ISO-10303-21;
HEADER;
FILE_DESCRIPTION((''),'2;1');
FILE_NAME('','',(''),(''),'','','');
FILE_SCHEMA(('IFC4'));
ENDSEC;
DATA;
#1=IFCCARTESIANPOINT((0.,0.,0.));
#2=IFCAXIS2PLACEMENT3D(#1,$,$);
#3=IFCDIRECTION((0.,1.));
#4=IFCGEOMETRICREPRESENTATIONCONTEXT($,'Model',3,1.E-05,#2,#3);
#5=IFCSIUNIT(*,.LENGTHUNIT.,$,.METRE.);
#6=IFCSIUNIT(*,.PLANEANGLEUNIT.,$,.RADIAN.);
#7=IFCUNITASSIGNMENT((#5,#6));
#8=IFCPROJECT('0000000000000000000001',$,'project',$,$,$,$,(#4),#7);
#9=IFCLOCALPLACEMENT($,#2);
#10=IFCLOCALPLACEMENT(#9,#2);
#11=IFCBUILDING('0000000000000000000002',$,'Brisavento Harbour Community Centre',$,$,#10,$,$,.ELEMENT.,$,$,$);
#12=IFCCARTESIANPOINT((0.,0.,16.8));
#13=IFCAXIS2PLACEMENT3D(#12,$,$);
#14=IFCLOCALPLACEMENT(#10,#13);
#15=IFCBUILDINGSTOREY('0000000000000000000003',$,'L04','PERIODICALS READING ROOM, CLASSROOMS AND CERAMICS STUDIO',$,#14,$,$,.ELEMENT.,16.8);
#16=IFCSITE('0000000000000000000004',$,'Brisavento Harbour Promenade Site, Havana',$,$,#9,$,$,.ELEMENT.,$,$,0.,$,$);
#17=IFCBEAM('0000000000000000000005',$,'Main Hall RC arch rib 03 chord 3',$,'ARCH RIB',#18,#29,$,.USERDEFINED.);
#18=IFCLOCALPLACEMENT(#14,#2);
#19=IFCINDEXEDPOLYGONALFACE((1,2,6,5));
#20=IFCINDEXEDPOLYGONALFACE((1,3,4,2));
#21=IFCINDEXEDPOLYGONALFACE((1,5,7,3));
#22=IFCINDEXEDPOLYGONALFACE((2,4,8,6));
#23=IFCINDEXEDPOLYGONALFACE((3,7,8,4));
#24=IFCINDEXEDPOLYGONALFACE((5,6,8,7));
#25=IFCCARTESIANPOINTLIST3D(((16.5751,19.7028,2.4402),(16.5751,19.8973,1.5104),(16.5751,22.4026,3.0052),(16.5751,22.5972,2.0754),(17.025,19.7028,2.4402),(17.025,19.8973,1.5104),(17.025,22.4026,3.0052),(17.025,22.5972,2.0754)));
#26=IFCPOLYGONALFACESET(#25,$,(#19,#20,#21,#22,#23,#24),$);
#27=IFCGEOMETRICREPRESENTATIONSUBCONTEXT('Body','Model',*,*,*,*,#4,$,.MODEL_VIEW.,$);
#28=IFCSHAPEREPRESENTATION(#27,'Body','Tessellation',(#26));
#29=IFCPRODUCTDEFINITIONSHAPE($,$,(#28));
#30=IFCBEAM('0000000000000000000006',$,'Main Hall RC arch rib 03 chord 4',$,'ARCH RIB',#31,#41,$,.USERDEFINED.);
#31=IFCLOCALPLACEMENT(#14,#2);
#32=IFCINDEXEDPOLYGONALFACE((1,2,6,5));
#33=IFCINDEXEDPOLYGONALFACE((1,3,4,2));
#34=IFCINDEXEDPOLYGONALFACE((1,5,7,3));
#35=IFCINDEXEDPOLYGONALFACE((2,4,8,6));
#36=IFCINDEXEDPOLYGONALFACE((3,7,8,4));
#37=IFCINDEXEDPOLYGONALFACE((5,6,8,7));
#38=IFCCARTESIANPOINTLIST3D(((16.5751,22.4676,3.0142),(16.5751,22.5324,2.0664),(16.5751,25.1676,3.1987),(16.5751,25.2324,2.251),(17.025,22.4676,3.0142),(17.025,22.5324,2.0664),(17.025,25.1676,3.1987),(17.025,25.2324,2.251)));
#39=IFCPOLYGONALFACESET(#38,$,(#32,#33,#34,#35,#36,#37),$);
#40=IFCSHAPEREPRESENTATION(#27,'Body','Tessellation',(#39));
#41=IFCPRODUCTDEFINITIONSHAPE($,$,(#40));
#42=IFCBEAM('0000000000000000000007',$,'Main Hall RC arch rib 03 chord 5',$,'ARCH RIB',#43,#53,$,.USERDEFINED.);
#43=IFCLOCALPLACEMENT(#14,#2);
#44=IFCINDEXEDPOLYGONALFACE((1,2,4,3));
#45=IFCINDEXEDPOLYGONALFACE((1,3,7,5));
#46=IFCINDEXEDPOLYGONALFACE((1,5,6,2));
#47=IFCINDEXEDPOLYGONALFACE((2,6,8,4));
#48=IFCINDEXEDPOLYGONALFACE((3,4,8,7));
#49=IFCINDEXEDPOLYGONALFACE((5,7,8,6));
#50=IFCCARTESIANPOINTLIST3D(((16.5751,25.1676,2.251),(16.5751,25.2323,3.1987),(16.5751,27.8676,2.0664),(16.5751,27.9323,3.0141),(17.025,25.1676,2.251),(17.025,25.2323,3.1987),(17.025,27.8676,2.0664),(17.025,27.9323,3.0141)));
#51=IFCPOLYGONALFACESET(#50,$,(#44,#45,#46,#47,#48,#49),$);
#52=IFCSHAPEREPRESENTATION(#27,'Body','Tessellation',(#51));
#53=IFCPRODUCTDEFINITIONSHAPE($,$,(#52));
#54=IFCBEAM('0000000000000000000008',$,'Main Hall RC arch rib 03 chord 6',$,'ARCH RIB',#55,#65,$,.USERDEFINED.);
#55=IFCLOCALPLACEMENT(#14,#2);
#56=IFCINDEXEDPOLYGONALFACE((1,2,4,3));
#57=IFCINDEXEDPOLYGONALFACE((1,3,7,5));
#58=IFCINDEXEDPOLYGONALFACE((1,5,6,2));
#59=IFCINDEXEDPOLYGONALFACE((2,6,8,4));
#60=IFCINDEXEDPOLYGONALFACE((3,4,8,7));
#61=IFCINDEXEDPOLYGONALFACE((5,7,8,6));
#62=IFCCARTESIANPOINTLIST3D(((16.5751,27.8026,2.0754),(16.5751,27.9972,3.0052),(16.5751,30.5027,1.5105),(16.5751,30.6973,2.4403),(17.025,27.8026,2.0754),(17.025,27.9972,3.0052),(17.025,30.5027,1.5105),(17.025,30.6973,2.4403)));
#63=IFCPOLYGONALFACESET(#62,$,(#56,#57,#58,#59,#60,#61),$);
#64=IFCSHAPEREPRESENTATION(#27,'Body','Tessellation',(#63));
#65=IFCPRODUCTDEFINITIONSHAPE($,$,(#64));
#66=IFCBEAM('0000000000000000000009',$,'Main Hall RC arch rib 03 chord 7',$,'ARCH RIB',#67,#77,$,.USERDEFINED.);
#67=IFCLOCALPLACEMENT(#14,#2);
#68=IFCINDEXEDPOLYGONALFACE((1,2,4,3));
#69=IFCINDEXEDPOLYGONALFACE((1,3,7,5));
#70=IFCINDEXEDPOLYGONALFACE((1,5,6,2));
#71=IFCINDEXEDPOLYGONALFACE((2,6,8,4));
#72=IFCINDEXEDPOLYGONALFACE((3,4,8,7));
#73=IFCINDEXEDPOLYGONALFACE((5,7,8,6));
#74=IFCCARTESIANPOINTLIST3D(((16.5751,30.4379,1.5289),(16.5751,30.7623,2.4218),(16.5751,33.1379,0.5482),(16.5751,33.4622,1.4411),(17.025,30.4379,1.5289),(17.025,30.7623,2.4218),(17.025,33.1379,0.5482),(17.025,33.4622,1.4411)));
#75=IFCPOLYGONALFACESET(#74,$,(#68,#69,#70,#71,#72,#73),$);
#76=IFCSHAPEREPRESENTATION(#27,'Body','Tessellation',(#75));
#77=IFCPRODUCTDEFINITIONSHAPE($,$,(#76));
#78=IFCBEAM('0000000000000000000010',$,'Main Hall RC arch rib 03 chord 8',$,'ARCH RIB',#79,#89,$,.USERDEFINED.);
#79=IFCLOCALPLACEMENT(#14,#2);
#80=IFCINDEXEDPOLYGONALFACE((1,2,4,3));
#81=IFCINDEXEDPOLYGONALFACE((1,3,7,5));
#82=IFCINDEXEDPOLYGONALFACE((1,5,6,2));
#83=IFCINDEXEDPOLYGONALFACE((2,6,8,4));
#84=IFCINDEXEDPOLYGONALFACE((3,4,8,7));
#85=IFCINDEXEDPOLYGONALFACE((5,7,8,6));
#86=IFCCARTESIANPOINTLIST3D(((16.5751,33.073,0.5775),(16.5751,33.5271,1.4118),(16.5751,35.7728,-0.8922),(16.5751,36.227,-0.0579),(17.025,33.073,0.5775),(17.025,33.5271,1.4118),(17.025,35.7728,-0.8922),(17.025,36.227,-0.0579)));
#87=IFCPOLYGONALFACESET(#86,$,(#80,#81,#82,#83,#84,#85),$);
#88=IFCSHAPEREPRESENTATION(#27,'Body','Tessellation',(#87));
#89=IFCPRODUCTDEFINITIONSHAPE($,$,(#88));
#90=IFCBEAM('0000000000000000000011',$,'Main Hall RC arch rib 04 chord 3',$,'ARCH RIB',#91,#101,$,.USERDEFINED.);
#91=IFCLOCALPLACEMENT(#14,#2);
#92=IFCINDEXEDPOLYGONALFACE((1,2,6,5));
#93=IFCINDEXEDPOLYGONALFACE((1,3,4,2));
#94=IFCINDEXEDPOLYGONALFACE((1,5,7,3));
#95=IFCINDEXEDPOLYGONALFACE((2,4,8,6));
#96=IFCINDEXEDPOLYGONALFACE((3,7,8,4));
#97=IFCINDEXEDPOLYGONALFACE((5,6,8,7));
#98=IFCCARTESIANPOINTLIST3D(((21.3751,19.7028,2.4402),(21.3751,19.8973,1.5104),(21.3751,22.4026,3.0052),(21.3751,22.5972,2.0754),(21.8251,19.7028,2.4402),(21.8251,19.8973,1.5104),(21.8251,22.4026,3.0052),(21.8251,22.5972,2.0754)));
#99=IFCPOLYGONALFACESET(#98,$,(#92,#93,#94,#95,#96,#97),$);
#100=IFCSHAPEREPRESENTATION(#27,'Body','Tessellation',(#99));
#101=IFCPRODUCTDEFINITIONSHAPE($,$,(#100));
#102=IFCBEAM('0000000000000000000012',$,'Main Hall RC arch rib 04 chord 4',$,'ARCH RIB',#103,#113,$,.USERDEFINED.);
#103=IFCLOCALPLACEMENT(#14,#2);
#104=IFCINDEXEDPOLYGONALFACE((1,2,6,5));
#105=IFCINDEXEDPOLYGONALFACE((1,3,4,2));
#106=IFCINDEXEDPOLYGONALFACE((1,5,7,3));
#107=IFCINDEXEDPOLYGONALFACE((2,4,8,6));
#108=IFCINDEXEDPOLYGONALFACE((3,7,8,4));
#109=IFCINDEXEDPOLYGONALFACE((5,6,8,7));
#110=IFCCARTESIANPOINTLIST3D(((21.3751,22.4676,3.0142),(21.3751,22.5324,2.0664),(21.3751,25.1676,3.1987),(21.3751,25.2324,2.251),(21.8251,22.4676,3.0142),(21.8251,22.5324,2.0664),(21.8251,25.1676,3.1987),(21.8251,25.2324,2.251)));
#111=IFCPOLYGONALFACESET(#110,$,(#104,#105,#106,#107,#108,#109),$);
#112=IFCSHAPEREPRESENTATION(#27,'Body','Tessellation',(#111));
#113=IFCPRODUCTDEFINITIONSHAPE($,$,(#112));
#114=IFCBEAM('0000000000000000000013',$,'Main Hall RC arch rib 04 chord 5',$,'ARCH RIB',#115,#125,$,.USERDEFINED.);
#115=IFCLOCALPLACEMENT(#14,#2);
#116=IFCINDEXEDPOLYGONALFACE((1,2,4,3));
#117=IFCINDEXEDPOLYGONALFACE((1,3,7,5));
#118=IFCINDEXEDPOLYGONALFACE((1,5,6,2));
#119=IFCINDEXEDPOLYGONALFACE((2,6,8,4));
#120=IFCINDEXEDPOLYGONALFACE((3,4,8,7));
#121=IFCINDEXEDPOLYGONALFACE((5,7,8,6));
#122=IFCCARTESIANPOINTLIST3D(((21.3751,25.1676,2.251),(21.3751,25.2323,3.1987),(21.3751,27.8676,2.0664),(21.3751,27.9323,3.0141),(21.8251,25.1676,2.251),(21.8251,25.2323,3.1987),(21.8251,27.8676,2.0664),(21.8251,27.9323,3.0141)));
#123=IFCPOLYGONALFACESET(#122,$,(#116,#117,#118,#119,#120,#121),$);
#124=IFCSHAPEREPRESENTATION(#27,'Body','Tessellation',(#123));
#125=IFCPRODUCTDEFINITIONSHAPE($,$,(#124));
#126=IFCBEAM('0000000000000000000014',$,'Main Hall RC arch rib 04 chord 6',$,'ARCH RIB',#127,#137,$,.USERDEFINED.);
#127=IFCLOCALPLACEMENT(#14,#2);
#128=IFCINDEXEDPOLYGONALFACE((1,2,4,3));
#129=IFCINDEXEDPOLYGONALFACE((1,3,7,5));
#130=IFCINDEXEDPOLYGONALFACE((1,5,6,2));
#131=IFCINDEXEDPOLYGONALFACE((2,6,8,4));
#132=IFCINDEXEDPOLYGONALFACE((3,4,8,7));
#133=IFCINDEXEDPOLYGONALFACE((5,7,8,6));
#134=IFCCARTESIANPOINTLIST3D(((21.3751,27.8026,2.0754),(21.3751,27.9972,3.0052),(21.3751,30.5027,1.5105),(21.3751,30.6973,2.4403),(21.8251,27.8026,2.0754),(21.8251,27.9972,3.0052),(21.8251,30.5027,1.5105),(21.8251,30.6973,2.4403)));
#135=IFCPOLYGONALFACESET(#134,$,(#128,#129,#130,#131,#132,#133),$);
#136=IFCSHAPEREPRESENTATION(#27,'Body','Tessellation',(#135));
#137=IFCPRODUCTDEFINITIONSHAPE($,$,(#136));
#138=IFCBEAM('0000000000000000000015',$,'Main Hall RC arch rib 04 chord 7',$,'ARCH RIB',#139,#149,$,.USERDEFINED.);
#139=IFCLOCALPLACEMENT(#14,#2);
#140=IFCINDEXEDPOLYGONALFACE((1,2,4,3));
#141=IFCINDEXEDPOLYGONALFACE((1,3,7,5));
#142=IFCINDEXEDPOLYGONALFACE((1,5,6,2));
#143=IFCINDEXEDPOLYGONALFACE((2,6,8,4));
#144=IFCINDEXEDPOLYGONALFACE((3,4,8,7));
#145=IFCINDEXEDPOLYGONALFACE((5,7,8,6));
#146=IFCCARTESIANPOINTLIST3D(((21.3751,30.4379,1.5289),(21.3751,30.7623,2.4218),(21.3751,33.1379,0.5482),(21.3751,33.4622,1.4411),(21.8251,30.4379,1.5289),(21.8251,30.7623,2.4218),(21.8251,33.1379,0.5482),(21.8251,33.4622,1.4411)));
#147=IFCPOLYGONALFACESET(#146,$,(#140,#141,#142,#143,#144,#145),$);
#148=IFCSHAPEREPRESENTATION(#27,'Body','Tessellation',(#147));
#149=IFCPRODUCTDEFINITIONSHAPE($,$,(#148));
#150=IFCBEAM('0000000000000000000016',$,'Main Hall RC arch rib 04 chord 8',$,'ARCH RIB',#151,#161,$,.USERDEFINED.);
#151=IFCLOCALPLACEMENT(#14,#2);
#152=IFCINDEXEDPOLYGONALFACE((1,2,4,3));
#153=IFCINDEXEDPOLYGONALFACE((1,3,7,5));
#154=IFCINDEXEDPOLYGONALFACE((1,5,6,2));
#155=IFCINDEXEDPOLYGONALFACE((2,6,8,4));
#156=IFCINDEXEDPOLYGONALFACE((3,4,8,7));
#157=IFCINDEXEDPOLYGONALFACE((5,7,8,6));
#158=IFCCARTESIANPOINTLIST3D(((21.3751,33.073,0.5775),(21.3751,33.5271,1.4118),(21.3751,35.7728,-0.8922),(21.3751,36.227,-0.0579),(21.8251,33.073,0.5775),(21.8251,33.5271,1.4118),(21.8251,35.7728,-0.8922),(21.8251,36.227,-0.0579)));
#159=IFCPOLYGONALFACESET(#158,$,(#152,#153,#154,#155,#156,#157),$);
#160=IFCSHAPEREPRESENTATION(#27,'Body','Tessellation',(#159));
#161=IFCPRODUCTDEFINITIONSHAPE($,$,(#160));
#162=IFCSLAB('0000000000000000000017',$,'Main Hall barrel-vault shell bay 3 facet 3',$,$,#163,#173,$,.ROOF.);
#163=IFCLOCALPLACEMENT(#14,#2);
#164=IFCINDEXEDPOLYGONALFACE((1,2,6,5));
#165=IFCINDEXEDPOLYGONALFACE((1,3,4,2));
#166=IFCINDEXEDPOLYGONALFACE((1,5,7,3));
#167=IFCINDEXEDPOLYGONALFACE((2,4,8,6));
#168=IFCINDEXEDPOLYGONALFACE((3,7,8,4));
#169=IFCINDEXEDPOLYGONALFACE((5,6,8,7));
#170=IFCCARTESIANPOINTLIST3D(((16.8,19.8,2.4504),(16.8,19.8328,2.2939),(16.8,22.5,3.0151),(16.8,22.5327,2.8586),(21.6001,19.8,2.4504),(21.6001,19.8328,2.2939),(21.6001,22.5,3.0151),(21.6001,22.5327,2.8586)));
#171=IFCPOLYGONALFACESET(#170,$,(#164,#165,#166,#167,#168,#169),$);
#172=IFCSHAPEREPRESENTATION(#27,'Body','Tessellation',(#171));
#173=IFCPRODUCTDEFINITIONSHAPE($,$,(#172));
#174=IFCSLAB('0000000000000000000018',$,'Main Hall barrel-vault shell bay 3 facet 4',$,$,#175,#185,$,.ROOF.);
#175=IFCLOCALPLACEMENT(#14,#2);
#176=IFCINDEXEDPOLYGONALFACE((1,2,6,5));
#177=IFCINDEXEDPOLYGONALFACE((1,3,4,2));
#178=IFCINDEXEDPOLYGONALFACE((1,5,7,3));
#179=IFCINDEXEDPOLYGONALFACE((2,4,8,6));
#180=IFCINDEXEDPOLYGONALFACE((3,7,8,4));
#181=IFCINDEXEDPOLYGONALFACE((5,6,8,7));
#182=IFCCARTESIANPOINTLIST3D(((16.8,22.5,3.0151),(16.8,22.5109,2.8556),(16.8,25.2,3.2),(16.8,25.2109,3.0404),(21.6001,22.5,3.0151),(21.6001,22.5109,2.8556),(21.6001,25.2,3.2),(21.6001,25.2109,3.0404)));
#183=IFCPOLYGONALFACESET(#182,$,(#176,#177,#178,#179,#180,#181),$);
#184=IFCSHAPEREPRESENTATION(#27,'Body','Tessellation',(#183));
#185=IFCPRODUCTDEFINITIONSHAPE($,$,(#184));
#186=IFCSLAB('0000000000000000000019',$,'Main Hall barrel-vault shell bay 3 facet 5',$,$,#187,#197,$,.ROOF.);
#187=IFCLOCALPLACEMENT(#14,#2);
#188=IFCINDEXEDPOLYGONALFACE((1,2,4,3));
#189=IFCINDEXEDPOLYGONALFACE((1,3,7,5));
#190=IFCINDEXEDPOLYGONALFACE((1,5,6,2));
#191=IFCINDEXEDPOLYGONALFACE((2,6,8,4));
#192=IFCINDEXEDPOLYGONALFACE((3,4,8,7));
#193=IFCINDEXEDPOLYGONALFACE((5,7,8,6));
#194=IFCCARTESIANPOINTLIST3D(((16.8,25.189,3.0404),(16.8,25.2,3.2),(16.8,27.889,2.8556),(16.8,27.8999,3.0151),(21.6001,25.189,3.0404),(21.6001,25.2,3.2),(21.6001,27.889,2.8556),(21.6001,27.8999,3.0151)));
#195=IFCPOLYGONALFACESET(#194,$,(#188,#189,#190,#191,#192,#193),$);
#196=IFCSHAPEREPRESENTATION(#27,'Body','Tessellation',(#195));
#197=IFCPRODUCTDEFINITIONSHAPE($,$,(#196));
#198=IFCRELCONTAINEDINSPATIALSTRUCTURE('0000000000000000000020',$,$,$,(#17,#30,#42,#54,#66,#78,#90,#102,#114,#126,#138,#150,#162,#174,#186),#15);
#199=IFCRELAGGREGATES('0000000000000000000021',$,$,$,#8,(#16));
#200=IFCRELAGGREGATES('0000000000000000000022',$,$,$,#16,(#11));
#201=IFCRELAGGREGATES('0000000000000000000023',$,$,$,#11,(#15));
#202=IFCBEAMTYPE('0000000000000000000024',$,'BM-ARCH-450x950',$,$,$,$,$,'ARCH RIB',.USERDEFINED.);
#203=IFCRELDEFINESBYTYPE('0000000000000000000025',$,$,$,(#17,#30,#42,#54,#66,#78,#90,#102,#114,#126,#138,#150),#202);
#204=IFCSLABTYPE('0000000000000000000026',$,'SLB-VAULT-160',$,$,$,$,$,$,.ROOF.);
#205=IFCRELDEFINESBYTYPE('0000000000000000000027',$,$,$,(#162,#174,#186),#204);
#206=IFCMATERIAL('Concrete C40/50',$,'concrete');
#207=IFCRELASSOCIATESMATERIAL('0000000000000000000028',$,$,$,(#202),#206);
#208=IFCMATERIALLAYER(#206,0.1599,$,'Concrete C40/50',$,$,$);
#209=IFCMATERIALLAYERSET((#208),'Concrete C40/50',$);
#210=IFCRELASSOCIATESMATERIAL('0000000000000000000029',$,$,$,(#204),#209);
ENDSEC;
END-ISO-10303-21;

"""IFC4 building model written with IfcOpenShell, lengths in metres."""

from ifc_helpers import new_model, si_unit, direction, frame, origin, origin_2d, place, context, subcontext, project, spatial, polyline, rectangle, outline, extrude, material, layer, layer_set, material_profile, profile_set, type_object, element, save


model = new_model("IFC4")

# Units and contexts
model_context = context("Model", 3, precision=1e-05, world=origin(), true_north=direction((0.0, 1.0)))
body_context = subcontext(model_context, "Body", "Model", "MODEL_VIEW")
ifc_project = project(units=[si_unit("LENGTHUNIT", "METRE"), si_unit("PLANEANGLEUNIT", "RADIAN")], contexts=[model_context])

# Site, building, storey
site_placement = place(None, origin())
site = spatial("IfcSite", under=ifc_project, at=site_placement, Name="Brisavento Harbour Promenade Site, Havana", CompositionType="ELEMENT", RefElevation=0.0)
building_placement = place(site_placement, origin())
building = spatial("IfcBuilding", under=site, at=building_placement, Name="Brisavento Harbour Community Centre", CompositionType="ELEMENT")
storey_placement = place(building_placement, frame((0.0, 0.0, 16.8)))
storey = spatial("IfcBuildingStorey", under=building, at=storey_placement, Name="L04", Description="PERIODICALS READING ROOM, CLASSROOMS AND CERAMICS STUDIO", CompositionType="ELEMENT", Elevation=16.8)

# Beams
ifc_material = material(Name="Concrete C40/50", Category="concrete")
ifc_material_profile = material_profile(ifc_material, rectangle(XDim=0.45, YDim=0.95, at=origin_2d()), Name="Concrete C40/50")
ifc_profile_set = profile_set([ifc_material_profile], Name="Concrete C40/50")
beam_type = type_object("IfcBeamType", Name="BM-ARCH-450x950", ElementType="ARCH RIB", PredefinedType="USERDEFINED", material=ifc_profile_set)
beam_1_placement = place(storey_placement, frame((16.8, 19.8, 1.9753), z_axis=(0.0, 0.978803, 0.204806), x_axis=(-1.0, 0.0, 0.0)))
element("IfcBeam", 1, at=beam_1_placement, inside=storey, type_object=beam_type, Name="Main Hall RC arch rib 03 chord 3", ObjectType="ARCH RIB", PredefinedType="USERDEFINED", context=body_context, shape_type="SweptSolid", body=[
    extrude(rectangle(XDim=0.45, YDim=0.95, at=origin_2d()), origin(), (0.0, 0.0, 1.0), 2.7583),
])
for number, where, z_axis, x_axis, name in (
    (2, (16.8, 22.5, 2.5403), (0.0, 0.997672, 0.068201), (-1.0, 0.0, 0.0), "Main Hall RC arch rib 03 chord 4"),
    (3, (16.8, 25.2, 2.7249), (0.0, 0.997672, -0.068201), (-1.0, 0.0, 0.0), "Main Hall RC arch rib 03 chord 5"),
):
    element("IfcBeam", number, at=place(storey_placement, frame(where, z_axis=z_axis, x_axis=x_axis)), inside=storey, type_object=beam_type, Name=name, ObjectType="ARCH RIB", PredefinedType="USERDEFINED", context=body_context, shape_type="SweptSolid", body=[
        extrude(rectangle(XDim=0.45, YDim=0.95, at=origin_2d()), origin(), (0.0, 0.0, 1.0), 2.7063),
    ])
beam_2_placement = place(storey_placement, frame((16.8, 27.8999, 2.5403), z_axis=(0.0, 0.978806, -0.204788), x_axis=(-1.0, 0.0, 0.0)))
element("IfcBeam", 4, at=beam_2_placement, inside=storey, type_object=beam_type, Name="Main Hall RC arch rib 03 chord 6", ObjectType="ARCH RIB", PredefinedType="USERDEFINED", context=body_context, shape_type="SweptSolid", body=[
    extrude(rectangle(XDim=0.45, YDim=0.95, at=origin_2d()), origin(), (0.0, 0.0, 1.0), 2.7585),
])
beam_3_placement = place(storey_placement, frame((16.8, 30.6001, 1.9753), z_axis=(0.0, 0.939915, -0.341409), x_axis=(-1.0, 0.0, 0.0)))
element("IfcBeam", 5, at=beam_3_placement, inside=storey, type_object=beam_type, Name="Main Hall RC arch rib 03 chord 7", ObjectType="ARCH RIB", PredefinedType="USERDEFINED", context=body_context, shape_type="SweptSolid", body=[
    extrude(rectangle(XDim=0.45, YDim=0.95, at=origin_2d()), origin(), (0.0, 0.0, 1.0), 2.8726),
])
beam_4_placement = place(storey_placement, frame((16.8, 33.3, 0.9946), z_axis=(0.0, 0.878302, -0.478106), x_axis=(-1.0, 0.0, 0.0)))
element("IfcBeam", 6, at=beam_4_placement, inside=storey, type_object=beam_type, Name="Main Hall RC arch rib 03 chord 8", ObjectType="ARCH RIB", PredefinedType="USERDEFINED", context=body_context, shape_type="SweptSolid", body=[
    extrude(rectangle(XDim=0.45, YDim=0.95, at=origin_2d()), origin(), (0.0, 0.0, 1.0), 3.074),
])
beam_5_placement = place(storey_placement, frame((21.6001, 19.8, 1.9753), z_axis=(0.0, 0.978803, 0.204806), x_axis=(-1.0, 0.0, 0.0)))
element("IfcBeam", 7, at=beam_5_placement, inside=storey, type_object=beam_type, Name="Main Hall RC arch rib 04 chord 3", ObjectType="ARCH RIB", PredefinedType="USERDEFINED", context=body_context, shape_type="SweptSolid", body=[
    extrude(rectangle(XDim=0.45, YDim=0.95, at=origin_2d()), origin(), (0.0, 0.0, 1.0), 2.7583),
])
for number, where, z_axis, x_axis, name in (
    (8, (21.6001, 22.5, 2.5403), (0.0, 0.997672, 0.068201), (-1.0, 0.0, 0.0), "Main Hall RC arch rib 04 chord 4"),
    (9, (21.6001, 25.2, 2.7249), (0.0, 0.997672, -0.068201), (-1.0, 0.0, 0.0), "Main Hall RC arch rib 04 chord 5"),
):
    element("IfcBeam", number, at=place(storey_placement, frame(where, z_axis=z_axis, x_axis=x_axis)), inside=storey, type_object=beam_type, Name=name, ObjectType="ARCH RIB", PredefinedType="USERDEFINED", context=body_context, shape_type="SweptSolid", body=[
        extrude(rectangle(XDim=0.45, YDim=0.95, at=origin_2d()), origin(), (0.0, 0.0, 1.0), 2.7063),
    ])
beam_6_placement = place(storey_placement, frame((21.6001, 27.8999, 2.5403), z_axis=(0.0, 0.978806, -0.204788), x_axis=(-1.0, 0.0, 0.0)))
element("IfcBeam", 10, at=beam_6_placement, inside=storey, type_object=beam_type, Name="Main Hall RC arch rib 04 chord 6", ObjectType="ARCH RIB", PredefinedType="USERDEFINED", context=body_context, shape_type="SweptSolid", body=[
    extrude(rectangle(XDim=0.45, YDim=0.95, at=origin_2d()), origin(), (0.0, 0.0, 1.0), 2.7585),
])
beam_7_placement = place(storey_placement, frame((21.6001, 30.6001, 1.9753), z_axis=(0.0, 0.939915, -0.341409), x_axis=(-1.0, 0.0, 0.0)))
element("IfcBeam", 11, at=beam_7_placement, inside=storey, type_object=beam_type, Name="Main Hall RC arch rib 04 chord 7", ObjectType="ARCH RIB", PredefinedType="USERDEFINED", context=body_context, shape_type="SweptSolid", body=[
    extrude(rectangle(XDim=0.45, YDim=0.95, at=origin_2d()), origin(), (0.0, 0.0, 1.0), 2.8726),
])
beam_8_placement = place(storey_placement, frame((21.6001, 33.3, 0.9946), z_axis=(0.0, 0.878302, -0.478106), x_axis=(-1.0, 0.0, 0.0)))
element("IfcBeam", 12, at=beam_8_placement, inside=storey, type_object=beam_type, Name="Main Hall RC arch rib 04 chord 8", ObjectType="ARCH RIB", PredefinedType="USERDEFINED", context=body_context, shape_type="SweptSolid", body=[
    extrude(rectangle(XDim=0.45, YDim=0.95, at=origin_2d()), origin(), (0.0, 0.0, 1.0), 3.074),
])

# Slabs
ifc_layer = layer(ifc_material, 0.1599, Name="Concrete C40/50")
ifc_layer_set = layer_set([ifc_layer], Name="Concrete C40/50")
slab_type = type_object("IfcSlabType", Name="SLB-VAULT-160", PredefinedType="ROOF", material=ifc_layer_set)
slab_1_placement = place(storey_placement, frame((16.8, 19.8, 2.4504), z_axis=(0.0, -0.204721, 0.97882), x_axis=(1.0, 0.0, 0.0)))
element("IfcSlab", 13, at=slab_1_placement, inside=storey, type_object=slab_type, Name="Main Hall barrel-vault shell bay 3 facet 3", PredefinedType="ROOF", context=body_context, shape_type="SweptSolid", body=[
    extrude(outline(polyline([(0.0, 0.0), (4.8, 0.0), (4.8, 2.7584), (0.0, 2.7584), (0.0, 0.0)])), origin(), (0.0, 0.0, -1.0), 0.1599),
])
for number, where, z_axis, x_axis, name in (
    (14, (16.8, 22.5, 3.0151), (0.0, -0.068291, 0.997665), (1.0, 0.0, 0.0), "Main Hall barrel-vault shell bay 3 facet 4"),
    (15, (16.8, 25.2, 3.2), (0.0, 0.068291, 0.997665), (1.0, 0.0, 0.0), "Main Hall barrel-vault shell bay 3 facet 5"),
):
    element("IfcSlab", number, at=place(storey_placement, frame(where, z_axis=z_axis, x_axis=x_axis)), inside=storey, type_object=slab_type, Name=name, PredefinedType="ROOF", context=body_context, shape_type="SweptSolid", body=[
        extrude(outline(polyline([(0.0, 0.0), (4.8, 0.0), (4.8, 2.7063), (0.0, 2.7063), (0.0, 0.0)])), origin(), (0.0, 0.0, -1.0), 0.1599),
    ])

save(model, "model.ifc")
